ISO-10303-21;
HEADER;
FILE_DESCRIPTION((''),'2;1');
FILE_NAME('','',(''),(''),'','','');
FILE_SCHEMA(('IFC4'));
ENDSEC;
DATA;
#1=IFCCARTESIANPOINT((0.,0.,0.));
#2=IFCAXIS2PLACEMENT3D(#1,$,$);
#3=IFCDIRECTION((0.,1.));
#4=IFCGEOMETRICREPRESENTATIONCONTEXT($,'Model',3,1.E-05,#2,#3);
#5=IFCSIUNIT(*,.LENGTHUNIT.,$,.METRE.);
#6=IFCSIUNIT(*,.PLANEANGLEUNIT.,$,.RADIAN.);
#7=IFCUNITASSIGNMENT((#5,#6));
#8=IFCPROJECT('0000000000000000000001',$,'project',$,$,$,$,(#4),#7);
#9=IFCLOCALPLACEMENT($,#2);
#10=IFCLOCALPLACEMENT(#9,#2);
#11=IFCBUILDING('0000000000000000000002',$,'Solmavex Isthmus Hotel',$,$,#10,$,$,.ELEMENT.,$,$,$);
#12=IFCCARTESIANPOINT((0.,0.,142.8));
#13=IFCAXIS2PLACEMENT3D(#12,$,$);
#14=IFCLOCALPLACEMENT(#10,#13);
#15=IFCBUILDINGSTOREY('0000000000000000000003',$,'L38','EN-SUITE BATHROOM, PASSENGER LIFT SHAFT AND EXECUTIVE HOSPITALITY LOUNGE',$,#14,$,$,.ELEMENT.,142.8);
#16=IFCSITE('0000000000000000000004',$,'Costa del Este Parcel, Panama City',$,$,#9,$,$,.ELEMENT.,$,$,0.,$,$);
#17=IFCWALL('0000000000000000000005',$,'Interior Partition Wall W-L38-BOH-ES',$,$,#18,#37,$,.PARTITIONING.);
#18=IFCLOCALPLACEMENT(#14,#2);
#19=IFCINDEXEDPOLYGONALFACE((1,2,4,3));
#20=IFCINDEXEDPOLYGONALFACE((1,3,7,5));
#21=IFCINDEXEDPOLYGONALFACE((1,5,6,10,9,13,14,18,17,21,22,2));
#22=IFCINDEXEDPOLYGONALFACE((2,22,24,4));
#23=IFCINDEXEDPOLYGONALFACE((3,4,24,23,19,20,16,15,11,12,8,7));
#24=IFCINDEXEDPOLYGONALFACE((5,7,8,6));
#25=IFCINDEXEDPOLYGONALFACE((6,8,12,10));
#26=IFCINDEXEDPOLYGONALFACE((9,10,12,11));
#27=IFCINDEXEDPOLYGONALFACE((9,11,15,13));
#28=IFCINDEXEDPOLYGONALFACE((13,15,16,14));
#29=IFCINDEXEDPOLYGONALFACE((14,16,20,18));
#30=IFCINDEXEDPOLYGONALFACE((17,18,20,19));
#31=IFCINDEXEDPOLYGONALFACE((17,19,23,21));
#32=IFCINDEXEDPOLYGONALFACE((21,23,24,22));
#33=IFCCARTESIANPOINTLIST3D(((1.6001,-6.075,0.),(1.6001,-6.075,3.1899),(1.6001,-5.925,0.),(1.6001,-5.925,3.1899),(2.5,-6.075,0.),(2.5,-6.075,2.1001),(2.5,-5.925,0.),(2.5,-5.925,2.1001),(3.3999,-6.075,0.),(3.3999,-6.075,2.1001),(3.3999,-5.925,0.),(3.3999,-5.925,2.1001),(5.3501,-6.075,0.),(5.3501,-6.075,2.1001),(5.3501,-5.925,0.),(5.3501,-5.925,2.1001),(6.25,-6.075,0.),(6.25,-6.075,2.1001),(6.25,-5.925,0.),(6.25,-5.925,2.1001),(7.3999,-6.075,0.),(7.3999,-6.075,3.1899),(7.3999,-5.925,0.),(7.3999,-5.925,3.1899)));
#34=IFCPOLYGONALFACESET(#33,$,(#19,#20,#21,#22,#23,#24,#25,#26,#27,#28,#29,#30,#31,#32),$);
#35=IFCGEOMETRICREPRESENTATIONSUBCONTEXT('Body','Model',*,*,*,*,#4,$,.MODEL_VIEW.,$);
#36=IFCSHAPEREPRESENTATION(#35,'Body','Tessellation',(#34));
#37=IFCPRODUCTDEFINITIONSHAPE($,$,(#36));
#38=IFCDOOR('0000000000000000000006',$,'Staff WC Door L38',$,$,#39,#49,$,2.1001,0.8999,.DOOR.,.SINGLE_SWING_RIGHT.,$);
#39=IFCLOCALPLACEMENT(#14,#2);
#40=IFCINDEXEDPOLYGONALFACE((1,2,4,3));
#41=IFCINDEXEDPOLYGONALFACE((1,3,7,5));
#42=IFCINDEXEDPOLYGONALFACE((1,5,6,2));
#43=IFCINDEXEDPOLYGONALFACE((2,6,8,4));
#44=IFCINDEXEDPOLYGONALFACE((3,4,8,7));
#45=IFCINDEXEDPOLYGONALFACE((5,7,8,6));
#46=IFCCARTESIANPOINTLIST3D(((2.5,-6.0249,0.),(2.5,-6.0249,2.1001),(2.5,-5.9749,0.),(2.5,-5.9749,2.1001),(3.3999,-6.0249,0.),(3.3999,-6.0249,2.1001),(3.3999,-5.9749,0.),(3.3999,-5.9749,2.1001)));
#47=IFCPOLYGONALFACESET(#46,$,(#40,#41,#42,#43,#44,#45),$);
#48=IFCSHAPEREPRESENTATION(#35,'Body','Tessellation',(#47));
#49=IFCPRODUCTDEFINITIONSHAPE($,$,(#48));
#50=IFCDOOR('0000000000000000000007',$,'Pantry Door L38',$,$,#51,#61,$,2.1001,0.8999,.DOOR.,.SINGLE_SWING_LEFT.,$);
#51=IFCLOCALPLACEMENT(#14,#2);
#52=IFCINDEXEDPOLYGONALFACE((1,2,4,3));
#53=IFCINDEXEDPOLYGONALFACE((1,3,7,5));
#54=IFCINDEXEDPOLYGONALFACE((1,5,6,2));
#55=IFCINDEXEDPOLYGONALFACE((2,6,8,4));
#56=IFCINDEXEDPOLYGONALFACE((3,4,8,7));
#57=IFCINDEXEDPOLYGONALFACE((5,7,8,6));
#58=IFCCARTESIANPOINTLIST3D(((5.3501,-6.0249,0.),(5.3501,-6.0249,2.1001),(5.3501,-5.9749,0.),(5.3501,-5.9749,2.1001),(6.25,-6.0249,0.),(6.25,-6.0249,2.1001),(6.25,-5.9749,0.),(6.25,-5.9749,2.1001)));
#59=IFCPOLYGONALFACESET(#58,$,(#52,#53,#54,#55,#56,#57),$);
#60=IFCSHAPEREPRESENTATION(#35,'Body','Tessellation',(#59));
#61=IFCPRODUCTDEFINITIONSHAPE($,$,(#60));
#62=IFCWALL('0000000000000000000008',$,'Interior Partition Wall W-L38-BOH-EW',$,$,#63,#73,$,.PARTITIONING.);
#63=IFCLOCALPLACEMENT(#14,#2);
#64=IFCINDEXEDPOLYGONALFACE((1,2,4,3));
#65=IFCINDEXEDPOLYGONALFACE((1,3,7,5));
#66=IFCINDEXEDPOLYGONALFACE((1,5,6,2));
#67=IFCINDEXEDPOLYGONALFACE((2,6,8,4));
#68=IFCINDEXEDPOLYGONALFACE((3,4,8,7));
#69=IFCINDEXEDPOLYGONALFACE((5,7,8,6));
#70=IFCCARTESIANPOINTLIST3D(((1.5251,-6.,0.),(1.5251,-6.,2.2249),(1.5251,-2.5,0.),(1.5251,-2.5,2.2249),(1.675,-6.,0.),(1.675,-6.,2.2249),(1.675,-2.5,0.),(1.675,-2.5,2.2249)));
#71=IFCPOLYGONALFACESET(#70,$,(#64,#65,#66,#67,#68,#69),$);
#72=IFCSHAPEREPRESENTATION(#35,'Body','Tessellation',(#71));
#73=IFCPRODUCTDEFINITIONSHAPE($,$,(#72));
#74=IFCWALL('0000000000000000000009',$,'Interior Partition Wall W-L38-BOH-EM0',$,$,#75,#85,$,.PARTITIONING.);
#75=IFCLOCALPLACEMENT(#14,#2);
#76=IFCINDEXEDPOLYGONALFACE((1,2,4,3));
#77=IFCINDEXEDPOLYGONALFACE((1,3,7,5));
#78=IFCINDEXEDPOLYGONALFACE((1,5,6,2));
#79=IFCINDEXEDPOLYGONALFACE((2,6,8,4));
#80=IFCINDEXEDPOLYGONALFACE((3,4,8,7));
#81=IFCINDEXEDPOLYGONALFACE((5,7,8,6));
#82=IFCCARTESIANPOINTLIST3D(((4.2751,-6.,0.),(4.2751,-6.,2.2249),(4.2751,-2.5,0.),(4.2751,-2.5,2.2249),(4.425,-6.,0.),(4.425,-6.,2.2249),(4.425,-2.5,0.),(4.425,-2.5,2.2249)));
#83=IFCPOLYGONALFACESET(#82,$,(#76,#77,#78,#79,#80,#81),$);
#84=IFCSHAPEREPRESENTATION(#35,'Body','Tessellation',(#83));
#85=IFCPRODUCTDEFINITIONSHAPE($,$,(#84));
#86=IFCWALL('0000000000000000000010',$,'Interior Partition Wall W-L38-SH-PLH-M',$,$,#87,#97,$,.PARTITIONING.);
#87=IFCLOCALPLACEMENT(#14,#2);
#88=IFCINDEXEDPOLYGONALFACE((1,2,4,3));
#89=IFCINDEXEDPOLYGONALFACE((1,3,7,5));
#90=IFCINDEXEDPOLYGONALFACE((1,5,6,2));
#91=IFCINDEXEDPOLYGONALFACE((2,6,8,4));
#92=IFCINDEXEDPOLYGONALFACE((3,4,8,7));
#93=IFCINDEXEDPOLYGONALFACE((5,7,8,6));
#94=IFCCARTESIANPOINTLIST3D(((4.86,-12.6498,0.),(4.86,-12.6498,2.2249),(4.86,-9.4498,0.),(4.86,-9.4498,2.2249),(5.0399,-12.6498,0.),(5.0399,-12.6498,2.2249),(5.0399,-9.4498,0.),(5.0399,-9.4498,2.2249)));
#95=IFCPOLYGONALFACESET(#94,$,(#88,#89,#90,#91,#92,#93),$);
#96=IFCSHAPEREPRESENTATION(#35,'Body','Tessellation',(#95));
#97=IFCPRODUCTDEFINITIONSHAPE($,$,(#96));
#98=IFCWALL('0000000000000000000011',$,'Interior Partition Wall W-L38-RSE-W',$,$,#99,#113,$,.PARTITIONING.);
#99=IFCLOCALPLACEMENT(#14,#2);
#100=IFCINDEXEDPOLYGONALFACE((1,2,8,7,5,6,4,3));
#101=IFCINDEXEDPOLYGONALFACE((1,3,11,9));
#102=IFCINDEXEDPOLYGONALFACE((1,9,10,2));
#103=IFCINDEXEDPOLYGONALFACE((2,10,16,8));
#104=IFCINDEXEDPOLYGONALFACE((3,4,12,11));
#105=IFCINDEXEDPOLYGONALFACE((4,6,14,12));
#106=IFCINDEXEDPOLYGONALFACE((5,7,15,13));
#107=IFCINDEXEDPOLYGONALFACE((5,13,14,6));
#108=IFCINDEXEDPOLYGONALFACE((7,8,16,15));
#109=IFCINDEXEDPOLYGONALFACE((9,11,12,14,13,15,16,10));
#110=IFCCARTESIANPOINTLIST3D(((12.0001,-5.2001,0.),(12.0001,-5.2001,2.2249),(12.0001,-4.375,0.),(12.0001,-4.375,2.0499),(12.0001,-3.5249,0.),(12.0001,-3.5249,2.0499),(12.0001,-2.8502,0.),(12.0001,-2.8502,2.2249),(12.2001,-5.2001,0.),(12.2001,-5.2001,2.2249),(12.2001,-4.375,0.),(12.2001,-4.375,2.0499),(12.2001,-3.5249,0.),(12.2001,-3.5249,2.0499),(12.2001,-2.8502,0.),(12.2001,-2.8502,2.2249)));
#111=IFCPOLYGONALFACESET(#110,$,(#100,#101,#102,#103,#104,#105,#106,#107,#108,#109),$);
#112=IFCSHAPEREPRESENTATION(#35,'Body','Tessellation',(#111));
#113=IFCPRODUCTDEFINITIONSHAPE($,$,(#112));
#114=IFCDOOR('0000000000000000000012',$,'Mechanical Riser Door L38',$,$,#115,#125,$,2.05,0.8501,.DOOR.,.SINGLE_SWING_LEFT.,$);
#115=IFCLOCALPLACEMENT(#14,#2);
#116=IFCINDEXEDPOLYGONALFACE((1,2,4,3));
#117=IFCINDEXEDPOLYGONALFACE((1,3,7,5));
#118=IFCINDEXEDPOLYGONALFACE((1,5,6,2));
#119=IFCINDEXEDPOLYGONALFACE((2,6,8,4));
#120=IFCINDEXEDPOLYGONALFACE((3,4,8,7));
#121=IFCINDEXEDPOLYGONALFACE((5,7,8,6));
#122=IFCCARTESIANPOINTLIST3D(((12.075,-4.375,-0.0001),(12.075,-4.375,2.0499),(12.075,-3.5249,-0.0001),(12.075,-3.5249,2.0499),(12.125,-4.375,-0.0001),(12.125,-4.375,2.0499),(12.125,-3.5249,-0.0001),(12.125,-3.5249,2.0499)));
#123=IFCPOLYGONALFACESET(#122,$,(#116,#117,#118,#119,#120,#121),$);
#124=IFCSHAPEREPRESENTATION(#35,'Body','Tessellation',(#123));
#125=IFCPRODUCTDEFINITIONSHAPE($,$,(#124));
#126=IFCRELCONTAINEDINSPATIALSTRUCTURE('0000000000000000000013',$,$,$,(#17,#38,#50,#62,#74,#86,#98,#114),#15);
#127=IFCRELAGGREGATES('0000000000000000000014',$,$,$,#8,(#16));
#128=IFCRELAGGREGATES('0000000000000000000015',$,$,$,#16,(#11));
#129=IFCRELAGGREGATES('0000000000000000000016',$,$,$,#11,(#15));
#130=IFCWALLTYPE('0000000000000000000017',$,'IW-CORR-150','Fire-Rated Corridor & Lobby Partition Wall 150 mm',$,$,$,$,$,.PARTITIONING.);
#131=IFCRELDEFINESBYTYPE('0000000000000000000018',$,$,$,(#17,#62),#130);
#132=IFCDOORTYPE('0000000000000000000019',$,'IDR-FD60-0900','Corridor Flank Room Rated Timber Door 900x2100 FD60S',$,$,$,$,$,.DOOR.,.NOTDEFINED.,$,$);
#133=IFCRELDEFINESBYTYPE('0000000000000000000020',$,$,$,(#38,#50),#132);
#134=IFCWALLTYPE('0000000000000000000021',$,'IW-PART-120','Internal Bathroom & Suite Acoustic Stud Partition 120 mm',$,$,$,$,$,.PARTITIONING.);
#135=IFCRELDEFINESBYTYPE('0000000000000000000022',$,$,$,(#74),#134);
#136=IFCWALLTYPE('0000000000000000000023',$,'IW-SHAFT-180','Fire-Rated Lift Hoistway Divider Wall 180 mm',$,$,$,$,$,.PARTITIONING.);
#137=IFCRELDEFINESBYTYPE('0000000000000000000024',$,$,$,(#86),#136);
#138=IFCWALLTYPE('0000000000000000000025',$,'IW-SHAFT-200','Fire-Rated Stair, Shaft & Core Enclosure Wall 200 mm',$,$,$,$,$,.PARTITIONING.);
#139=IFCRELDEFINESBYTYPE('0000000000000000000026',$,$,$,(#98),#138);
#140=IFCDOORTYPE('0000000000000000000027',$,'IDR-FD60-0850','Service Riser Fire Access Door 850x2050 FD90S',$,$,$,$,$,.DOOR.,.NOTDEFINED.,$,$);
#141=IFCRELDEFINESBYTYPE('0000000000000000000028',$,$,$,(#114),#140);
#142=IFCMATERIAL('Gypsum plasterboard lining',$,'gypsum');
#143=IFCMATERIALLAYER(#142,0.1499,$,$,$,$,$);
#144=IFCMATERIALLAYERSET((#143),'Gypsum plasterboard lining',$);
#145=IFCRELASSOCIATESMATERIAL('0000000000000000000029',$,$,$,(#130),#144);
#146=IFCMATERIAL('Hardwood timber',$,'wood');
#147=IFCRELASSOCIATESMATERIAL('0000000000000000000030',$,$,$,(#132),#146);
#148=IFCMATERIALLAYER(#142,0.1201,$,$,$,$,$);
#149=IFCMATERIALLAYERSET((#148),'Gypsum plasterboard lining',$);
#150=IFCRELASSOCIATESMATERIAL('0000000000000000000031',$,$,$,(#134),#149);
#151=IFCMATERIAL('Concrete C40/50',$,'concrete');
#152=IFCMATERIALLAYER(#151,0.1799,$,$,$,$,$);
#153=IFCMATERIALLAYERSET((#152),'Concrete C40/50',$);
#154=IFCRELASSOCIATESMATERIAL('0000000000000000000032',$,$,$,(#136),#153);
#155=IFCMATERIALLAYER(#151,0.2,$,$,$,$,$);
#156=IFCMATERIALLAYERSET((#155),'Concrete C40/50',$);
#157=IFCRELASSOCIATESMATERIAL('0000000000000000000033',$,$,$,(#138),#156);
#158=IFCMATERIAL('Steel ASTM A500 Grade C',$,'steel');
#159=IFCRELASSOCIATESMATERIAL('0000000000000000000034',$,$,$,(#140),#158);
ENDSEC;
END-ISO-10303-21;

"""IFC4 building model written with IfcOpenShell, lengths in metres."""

from ifc_helpers import new_model, si_unit, direction, frame, frame_2d, origin, place, context, subcontext, project, spatial, rectangle, extrude, material, layer, layer_set, type_object, element, fill, save


model = new_model("IFC4")

# Units and contexts
model_context = context("Model", 3, precision=1e-05, world=origin(), true_north=direction((0.0, 1.0)))
body_context = subcontext(model_context, "Body", "Model", "MODEL_VIEW")
ifc_project = project(units=[si_unit("LENGTHUNIT", "METRE"), si_unit("PLANEANGLEUNIT", "RADIAN")], contexts=[model_context])

# Site, building, storey
site_placement = place(None, origin())
site = spatial("IfcSite", under=ifc_project, at=site_placement, Name="Costa del Este Parcel, Panama City", CompositionType="ELEMENT", RefElevation=0.0)
building_placement = place(site_placement, origin())
building = spatial("IfcBuilding", under=site, at=building_placement, Name="Solmavex Isthmus Hotel", CompositionType="ELEMENT")
storey_placement = place(building_placement, frame((0.0, 0.0, 142.8)))
storey = spatial("IfcBuildingStorey", under=building, at=storey_placement, Name="L38", Description="EN-SUITE BATHROOM, PASSENGER LIFT SHAFT AND EXECUTIVE HOSPITALITY LOUNGE", CompositionType="ELEMENT", Elevation=142.8)

# Wall, openings, doors
ifc_material_1 = material(Name="Gypsum plasterboard lining", Category="gypsum")
ifc_layer_1 = layer(ifc_material_1, 0.1499)
ifc_layer_set_1 = layer_set([ifc_layer_1], Name="Gypsum plasterboard lining")
wall_type_1 = type_object("IfcWallType", Name="IW-CORR-150", Description="Fire-Rated Corridor & Lobby Partition Wall 150 mm", PredefinedType="PARTITIONING", material=ifc_layer_set_1)
wall_1_placement = place(storey_placement, frame((1.6001, -6.0, 0.0), z_axis=(0.0, 0.0, 1.0), x_axis=(1.0, 0.0, 0.0)))
wall_1 = element("IfcWall", 1, at=wall_1_placement, inside=storey, type_object=wall_type_1, Name="Interior Partition Wall W-L38-BOH-ES", PredefinedType="PARTITIONING", context=body_context, shape_type="SweptSolid", body=[
    extrude(rectangle(XDim=5.7998, YDim=0.1499, at=frame_2d((2.8999, 0.0))), origin(), (0.0, 0.0, 1.0), 3.1899),
])
opening_1_placement = place(wall_1_placement, frame((0.8999, 0.0, 0.0)))
opening_1 = element("IfcOpeningElement", 2, at=opening_1_placement, cuts=wall_1, PredefinedType="OPENING", context=body_context, shape_type="SweptSolid", body=[
    extrude(rectangle(XDim=0.8999, YDim=2.1001, at=frame_2d((0.45, 1.05))), frame((0.0, 0.085, 0.0), z_axis=(0.0, -1.0, 0.0), x_axis=(1.0, 0.0, 0.0)), (0.0, 0.0, 1.0), 0.1699),
])
opening_2_placement = place(wall_1_placement, frame((3.75, 0.0, 0.0)))
opening_2 = element("IfcOpeningElement", 3, at=opening_2_placement, cuts=wall_1, PredefinedType="OPENING", context=body_context, shape_type="SweptSolid", body=[
    extrude(rectangle(XDim=0.8999, YDim=2.1001, at=frame_2d((0.45, 1.05))), frame((0.0, 0.085, 0.0), z_axis=(0.0, -1.0, 0.0), x_axis=(1.0, 0.0, 0.0)), (0.0, 0.0, 1.0), 0.1699),
])
ifc_material_2 = material(Name="Hardwood timber", Category="wood")
door_type_1 = type_object("IfcDoorType", Name="IDR-FD60-0900", Description="Corridor Flank Room Rated Timber Door 900x2100 FD60S", OperationType="NOTDEFINED", PredefinedType="DOOR", material=ifc_material_2)
door_1_placement = place(opening_1_placement, frame((0.8999, 0.0, 0.0), z_axis=(0.0, 0.0, 1.0), x_axis=(-1.0, 0.0, 0.0)))
door_1 = element("IfcDoor", 4, at=door_1_placement, inside=storey, type_object=door_type_1, Name="Staff WC Door L38", OperationType="SINGLE_SWING_RIGHT", OverallHeight=2.1001, OverallWidth=0.8999, PredefinedType="DOOR", context=body_context, shape_type="SweptSolid", body=[
    extrude(rectangle(XDim=0.8999, YDim=2.1001, at=frame_2d((0.45, 1.05))), frame((0.0, 0.0249, 0.0), z_axis=(0.0, -1.0, 0.0), x_axis=(1.0, 0.0, 0.0)), (0.0, 0.0, 1.0), 0.05),
])
fill(opening_1, door_1)
door_2_placement = place(opening_2_placement, frame((0.8999, 0.0, 0.0), z_axis=(0.0, 0.0, 1.0), x_axis=(-1.0, 0.0, 0.0)))
door_2 = element("IfcDoor", 5, at=door_2_placement, inside=storey, type_object=door_type_1, Name="Pantry Door L38", OperationType="SINGLE_SWING_LEFT", OverallHeight=2.1001, OverallWidth=0.8999, PredefinedType="DOOR", context=body_context, shape_type="SweptSolid", body=[
    extrude(rectangle(XDim=0.8999, YDim=2.1001, at=frame_2d((0.45, 1.05))), frame((0.0, 0.0249, 0.0), z_axis=(0.0, -1.0, 0.0), x_axis=(1.0, 0.0, 0.0)), (0.0, 0.0, 1.0), 0.05),
])
fill(opening_2, door_2)

# Walls
wall_2_placement = place(storey_placement, frame((1.6001, -6.0, 0.0), z_axis=(0.0, 0.0, 1.0), x_axis=(0.0, 1.0, 0.0)))
element("IfcWall", 6, at=wall_2_placement, inside=storey, type_object=wall_type_1, Name="Interior Partition Wall W-L38-BOH-EW", PredefinedType="PARTITIONING", context=body_context, shape_type="SweptSolid", body=[
    extrude(rectangle(XDim=3.5, YDim=0.1499, at=frame_2d((1.75, 0.0))), origin(), (0.0, 0.0, 1.0), 2.2249),
])
ifc_layer_2 = layer(ifc_material_1, 0.1201)
ifc_layer_set_2 = layer_set([ifc_layer_2], Name="Gypsum plasterboard lining")
wall_type_2 = type_object("IfcWallType", Name="IW-PART-120", Description="Internal Bathroom & Suite Acoustic Stud Partition 120 mm", PredefinedType="PARTITIONING", material=ifc_layer_set_2)
wall_3_placement = place(storey_placement, frame((4.3501, -6.0, 0.0), z_axis=(0.0, 0.0, 1.0), x_axis=(0.0, 1.0, 0.0)))
element("IfcWall", 7, at=wall_3_placement, inside=storey, type_object=wall_type_2, Name="Interior Partition Wall W-L38-BOH-EM0", PredefinedType="PARTITIONING", context=body_context, shape_type="SweptSolid", body=[
    extrude(rectangle(XDim=3.5, YDim=0.1499, at=frame_2d((1.75, 0.0))), origin(), (0.0, 0.0, 1.0), 2.2249),
])
ifc_material_3 = material(Name="Concrete C40/50", Category="concrete")
ifc_layer_3 = layer(ifc_material_3, 0.1799)
ifc_layer_set_3 = layer_set([ifc_layer_3], Name="Concrete C40/50")
wall_type_3 = type_object("IfcWallType", Name="IW-SHAFT-180", Description="Fire-Rated Lift Hoistway Divider Wall 180 mm", PredefinedType="PARTITIONING", material=ifc_layer_set_3)
wall_4_placement = place(storey_placement, frame((4.95, -12.6499, 0.0), z_axis=(0.0, 0.0, 1.0), x_axis=(0.0, 1.0, 0.0)))
element("IfcWall", 8, at=wall_4_placement, inside=storey, type_object=wall_type_3, Name="Interior Partition Wall W-L38-SH-PLH-M", PredefinedType="PARTITIONING", context=body_context, shape_type="SweptSolid", body=[
    extrude(rectangle(XDim=3.2, YDim=0.1799, at=frame_2d((1.6001, 0.0))), origin(), (0.0, 0.0, 1.0), 2.2249),
])

# Wall, opening, door
ifc_layer_4 = layer(ifc_material_3, 0.2)
ifc_layer_set_4 = layer_set([ifc_layer_4], Name="Concrete C40/50")
wall_type_4 = type_object("IfcWallType", Name="IW-SHAFT-200", Description="Fire-Rated Stair, Shaft & Core Enclosure Wall 200 mm", PredefinedType="PARTITIONING", material=ifc_layer_set_4)
wall_5_placement = place(storey_placement, frame((12.1001, -5.2, 0.0), z_axis=(0.0, 0.0, 1.0), x_axis=(0.0, 1.0, 0.0)))
wall_5 = element("IfcWall", 9, at=wall_5_placement, inside=storey, type_object=wall_type_4, Name="Interior Partition Wall W-L38-RSE-W", PredefinedType="PARTITIONING", context=body_context, shape_type="SweptSolid", body=[
    extrude(rectangle(XDim=2.3499, YDim=0.2, at=frame_2d((1.1748, 0.0))), origin(), (0.0, 0.0, 1.0), 2.2249),
])
opening_3_placement = place(wall_5_placement, frame((0.825, 0.0, 0.0)))
opening_3 = element("IfcOpeningElement", 10, at=opening_3_placement, cuts=wall_5, PredefinedType="OPENING", context=body_context, shape_type="SweptSolid", body=[
    extrude(rectangle(XDim=0.8501, YDim=2.05, at=frame_2d((0.425, 1.0249))), frame((0.0, 0.1099, 0.0), z_axis=(0.0, -1.0, 0.0), x_axis=(1.0, 0.0, 0.0)), (0.0, 0.0, 1.0), 0.22),
])
ifc_material_4 = material(Name="Steel ASTM A500 Grade C", Category="steel")
door_type_2 = type_object("IfcDoorType", Name="IDR-FD60-0850", Description="Service Riser Fire Access Door 850x2050 FD90S", OperationType="NOTDEFINED", PredefinedType="DOOR", material=ifc_material_4)
door_3_placement = place(opening_3_placement, frame((0.8501, 0.0, 0.0), z_axis=(0.0, 0.0, 1.0), x_axis=(-1.0, 0.0, 0.0)))
door_3 = element("IfcDoor", 11, at=door_3_placement, inside=storey, type_object=door_type_2, Name="Mechanical Riser Door L38", OperationType="SINGLE_SWING_LEFT", OverallHeight=2.05, OverallWidth=0.8501, PredefinedType="DOOR", context=body_context, shape_type="SweptSolid", body=[
    extrude(rectangle(XDim=0.8501, YDim=2.05, at=frame_2d((0.425, 1.0249))), frame((0.0, 0.0249, 0.0), z_axis=(0.0, -1.0, 0.0), x_axis=(1.0, 0.0, 0.0)), (0.0, 0.0, 1.0), 0.05),
])
fill(opening_3, door_3)

save(model, "model.ifc")
